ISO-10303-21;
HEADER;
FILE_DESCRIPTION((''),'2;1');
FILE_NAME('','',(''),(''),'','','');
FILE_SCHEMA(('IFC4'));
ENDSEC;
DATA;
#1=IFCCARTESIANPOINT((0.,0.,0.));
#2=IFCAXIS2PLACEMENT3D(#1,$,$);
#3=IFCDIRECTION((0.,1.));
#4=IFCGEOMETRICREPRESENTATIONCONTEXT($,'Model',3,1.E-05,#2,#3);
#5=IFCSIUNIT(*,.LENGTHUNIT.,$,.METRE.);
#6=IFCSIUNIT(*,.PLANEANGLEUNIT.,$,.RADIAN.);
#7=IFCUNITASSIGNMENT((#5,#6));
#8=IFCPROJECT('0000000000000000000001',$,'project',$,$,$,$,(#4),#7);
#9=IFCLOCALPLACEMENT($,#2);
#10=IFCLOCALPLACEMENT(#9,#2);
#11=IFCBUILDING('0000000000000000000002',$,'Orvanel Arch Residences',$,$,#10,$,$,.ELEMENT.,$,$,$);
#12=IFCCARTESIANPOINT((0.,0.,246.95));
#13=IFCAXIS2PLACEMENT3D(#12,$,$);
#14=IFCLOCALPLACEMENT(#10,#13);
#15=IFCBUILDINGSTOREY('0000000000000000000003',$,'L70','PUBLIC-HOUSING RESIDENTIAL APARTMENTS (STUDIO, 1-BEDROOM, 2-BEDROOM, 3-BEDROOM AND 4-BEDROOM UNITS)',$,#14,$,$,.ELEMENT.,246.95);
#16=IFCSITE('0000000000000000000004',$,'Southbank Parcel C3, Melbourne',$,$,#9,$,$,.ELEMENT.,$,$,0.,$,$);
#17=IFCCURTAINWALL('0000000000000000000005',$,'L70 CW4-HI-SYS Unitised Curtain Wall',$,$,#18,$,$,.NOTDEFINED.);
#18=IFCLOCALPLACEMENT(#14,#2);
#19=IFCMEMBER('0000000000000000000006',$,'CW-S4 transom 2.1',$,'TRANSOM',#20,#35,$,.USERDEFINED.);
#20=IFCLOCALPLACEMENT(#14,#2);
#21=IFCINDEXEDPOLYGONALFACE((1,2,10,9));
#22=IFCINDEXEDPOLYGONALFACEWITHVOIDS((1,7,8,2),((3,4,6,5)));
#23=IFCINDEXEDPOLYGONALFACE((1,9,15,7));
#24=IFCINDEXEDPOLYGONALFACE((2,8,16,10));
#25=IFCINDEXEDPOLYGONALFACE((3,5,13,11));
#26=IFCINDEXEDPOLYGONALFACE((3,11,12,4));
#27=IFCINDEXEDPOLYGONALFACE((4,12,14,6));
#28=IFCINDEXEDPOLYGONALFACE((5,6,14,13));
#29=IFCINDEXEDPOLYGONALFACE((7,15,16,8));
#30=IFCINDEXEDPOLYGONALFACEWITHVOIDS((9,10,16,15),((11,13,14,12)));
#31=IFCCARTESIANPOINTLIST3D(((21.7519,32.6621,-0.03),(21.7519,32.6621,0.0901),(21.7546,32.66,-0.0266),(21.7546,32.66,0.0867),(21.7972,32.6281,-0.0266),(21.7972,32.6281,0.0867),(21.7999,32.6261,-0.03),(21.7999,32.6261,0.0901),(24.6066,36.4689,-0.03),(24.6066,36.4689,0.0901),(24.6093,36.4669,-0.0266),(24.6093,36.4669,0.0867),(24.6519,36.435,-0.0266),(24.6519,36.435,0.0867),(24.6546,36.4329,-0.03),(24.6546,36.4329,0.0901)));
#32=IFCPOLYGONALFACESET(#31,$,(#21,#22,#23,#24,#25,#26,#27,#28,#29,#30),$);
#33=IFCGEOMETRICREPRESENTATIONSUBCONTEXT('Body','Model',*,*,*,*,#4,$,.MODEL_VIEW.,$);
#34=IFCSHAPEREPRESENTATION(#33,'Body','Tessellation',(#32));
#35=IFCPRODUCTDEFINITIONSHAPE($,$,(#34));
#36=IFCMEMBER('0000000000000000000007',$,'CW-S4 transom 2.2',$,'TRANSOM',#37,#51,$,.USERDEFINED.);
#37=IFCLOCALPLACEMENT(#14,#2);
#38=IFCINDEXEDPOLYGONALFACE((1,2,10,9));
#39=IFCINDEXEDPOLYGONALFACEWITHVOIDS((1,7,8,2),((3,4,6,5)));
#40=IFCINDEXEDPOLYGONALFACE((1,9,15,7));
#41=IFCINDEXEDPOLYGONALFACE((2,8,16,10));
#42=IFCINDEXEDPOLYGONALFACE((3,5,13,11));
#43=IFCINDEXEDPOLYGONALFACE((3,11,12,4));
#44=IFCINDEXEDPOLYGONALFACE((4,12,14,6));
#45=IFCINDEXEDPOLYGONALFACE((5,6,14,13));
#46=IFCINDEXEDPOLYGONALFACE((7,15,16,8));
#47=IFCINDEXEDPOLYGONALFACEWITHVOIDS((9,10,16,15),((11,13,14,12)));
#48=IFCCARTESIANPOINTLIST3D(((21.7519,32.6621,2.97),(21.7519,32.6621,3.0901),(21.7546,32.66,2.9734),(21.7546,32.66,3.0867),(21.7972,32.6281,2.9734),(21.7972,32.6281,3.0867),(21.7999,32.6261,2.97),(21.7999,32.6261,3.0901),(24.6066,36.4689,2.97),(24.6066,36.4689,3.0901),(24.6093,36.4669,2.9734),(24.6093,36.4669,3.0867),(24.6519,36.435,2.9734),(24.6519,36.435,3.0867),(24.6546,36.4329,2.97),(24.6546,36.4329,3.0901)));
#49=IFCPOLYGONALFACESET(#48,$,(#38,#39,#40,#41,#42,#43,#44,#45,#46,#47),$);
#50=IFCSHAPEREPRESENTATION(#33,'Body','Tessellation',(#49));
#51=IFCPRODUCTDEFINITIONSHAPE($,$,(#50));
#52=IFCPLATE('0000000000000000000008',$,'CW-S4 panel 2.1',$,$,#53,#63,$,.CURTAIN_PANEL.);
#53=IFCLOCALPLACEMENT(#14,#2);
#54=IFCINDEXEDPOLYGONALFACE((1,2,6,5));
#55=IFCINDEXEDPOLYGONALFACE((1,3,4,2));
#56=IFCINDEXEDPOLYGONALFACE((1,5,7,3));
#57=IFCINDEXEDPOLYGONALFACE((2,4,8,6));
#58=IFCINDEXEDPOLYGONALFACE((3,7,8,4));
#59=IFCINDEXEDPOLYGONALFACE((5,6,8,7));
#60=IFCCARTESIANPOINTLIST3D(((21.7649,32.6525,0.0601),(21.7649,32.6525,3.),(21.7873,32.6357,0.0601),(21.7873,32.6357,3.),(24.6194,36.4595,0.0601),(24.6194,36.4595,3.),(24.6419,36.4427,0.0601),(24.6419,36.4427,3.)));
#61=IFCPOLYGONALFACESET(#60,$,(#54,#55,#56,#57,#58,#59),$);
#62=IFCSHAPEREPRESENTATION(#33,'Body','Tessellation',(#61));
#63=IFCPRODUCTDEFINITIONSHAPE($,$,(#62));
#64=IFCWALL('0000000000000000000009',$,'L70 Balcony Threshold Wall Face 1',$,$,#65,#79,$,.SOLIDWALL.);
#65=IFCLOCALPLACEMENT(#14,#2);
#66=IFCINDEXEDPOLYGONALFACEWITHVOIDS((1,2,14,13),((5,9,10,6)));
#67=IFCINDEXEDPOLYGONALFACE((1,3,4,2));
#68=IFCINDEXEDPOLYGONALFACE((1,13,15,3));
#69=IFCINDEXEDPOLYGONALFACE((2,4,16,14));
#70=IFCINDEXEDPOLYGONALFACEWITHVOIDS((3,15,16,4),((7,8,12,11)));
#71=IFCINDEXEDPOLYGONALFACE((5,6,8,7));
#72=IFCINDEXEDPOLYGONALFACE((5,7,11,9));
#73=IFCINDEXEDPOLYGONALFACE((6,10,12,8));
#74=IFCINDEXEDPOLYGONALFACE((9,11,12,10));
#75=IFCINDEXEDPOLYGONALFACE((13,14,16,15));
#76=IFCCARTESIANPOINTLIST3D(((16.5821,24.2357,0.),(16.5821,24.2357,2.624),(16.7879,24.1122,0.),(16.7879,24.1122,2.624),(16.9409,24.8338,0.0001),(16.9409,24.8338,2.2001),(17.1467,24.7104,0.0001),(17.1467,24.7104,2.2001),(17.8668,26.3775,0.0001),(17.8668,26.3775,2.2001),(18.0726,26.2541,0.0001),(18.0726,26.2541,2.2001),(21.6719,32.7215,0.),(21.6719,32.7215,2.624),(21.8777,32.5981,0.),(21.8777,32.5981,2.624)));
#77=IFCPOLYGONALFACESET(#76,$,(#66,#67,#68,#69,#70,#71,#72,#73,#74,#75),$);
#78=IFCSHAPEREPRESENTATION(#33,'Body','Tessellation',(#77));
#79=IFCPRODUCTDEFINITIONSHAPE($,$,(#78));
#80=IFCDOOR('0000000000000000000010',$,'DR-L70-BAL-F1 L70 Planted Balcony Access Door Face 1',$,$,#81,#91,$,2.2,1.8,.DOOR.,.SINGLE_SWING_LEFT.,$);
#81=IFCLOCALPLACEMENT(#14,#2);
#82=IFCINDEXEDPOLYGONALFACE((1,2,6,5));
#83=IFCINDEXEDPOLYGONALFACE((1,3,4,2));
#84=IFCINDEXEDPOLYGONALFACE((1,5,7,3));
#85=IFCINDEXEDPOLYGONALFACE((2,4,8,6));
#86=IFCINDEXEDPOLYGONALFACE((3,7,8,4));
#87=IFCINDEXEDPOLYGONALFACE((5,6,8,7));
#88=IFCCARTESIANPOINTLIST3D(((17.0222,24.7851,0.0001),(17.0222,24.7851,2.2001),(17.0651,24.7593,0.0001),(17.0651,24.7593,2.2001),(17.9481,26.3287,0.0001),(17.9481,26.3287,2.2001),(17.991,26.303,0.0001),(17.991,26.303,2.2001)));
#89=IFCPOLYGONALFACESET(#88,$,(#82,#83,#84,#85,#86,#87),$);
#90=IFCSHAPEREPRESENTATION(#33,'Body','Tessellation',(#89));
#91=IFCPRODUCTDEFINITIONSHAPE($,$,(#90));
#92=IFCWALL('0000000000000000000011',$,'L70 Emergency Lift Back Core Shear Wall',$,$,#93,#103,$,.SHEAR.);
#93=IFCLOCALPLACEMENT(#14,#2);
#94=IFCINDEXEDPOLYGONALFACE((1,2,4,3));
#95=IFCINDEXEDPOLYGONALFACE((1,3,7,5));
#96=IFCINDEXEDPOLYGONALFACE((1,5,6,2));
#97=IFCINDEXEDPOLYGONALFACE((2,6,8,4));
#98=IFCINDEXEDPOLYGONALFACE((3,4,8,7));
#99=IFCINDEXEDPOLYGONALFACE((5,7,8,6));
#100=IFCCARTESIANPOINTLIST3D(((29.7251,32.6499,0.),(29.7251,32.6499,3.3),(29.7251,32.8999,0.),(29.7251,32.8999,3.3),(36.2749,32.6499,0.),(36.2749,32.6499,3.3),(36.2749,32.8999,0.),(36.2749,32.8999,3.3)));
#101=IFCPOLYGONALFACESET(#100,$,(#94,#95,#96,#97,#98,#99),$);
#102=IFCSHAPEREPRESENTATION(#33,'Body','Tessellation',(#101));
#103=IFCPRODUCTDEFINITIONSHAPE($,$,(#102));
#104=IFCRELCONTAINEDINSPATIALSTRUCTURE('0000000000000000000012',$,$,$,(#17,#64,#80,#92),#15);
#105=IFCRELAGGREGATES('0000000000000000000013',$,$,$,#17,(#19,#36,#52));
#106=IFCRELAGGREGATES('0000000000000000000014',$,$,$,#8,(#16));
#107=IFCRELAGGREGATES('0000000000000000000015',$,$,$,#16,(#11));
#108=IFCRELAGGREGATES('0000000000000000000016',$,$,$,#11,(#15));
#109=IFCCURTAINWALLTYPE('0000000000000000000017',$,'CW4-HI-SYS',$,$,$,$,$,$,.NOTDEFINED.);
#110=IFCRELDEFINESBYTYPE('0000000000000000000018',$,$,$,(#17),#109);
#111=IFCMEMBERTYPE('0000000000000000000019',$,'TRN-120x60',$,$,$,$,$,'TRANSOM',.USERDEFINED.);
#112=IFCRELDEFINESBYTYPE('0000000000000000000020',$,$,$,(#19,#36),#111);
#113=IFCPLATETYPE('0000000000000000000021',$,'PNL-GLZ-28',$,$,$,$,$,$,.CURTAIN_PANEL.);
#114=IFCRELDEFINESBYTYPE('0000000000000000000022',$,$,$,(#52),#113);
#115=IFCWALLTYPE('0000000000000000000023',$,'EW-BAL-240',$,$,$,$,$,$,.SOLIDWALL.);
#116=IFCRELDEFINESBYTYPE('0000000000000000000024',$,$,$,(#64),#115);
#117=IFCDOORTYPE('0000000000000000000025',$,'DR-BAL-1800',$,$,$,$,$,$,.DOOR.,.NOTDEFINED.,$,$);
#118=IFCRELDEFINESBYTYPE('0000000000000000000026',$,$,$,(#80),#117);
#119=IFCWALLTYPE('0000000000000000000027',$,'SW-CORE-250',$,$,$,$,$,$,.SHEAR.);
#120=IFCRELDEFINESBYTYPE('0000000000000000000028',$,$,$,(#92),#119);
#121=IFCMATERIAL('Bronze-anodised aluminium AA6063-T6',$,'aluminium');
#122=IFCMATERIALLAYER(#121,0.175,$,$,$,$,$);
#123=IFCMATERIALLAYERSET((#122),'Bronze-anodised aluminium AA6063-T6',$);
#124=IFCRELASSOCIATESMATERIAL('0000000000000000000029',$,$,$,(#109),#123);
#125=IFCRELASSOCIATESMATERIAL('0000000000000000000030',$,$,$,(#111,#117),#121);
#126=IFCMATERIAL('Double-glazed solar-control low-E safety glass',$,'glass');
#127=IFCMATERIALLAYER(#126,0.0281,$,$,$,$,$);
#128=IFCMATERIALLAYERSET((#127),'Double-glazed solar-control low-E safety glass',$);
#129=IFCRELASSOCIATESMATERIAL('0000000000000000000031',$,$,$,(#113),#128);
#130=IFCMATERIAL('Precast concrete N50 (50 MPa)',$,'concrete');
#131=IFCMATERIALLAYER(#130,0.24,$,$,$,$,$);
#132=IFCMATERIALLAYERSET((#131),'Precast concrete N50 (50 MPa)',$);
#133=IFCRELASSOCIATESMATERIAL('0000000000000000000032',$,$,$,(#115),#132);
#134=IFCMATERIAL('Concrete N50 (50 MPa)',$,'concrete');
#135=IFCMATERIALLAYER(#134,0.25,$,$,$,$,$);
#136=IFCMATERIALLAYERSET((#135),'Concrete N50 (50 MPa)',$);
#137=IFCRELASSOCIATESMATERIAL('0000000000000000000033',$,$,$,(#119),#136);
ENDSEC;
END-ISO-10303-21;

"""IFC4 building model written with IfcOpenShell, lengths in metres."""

from ifc_helpers import new_model, si_unit, direction, frame, frame_2d, origin, origin_2d, place, context, subcontext, project, spatial, rectangle, hollow_rectangle, extrude, material, layer, layer_set, material_profile, profile_set, type_object, element, fill, aggregate, save


model = new_model("IFC4")

# Units and contexts
model_context = context("Model", 3, precision=1e-05, world=origin(), true_north=direction((0.0, 1.0)))
body_context = subcontext(model_context, "Body", "Model", "MODEL_VIEW")
ifc_project = project(units=[si_unit("LENGTHUNIT", "METRE"), si_unit("PLANEANGLEUNIT", "RADIAN")], contexts=[model_context])

# Site, building, storey
site_placement = place(None, origin())
site = spatial("IfcSite", under=ifc_project, at=site_placement, Name="Southbank Parcel C3, Melbourne", CompositionType="ELEMENT", RefElevation=0.0)
building_placement = place(site_placement, origin())
building = spatial("IfcBuilding", under=site, at=building_placement, Name="Orvanel Arch Residences", CompositionType="ELEMENT")
storey_placement = place(building_placement, frame((0.0, 0.0, 246.95)))
storey = spatial("IfcBuildingStorey", under=building, at=storey_placement, Name="L70", Description="PUBLIC-HOUSING RESIDENTIAL APARTMENTS (STUDIO, 1-BEDROOM, 2-BEDROOM, 3-BEDROOM AND 4-BEDROOM UNITS)", CompositionType="ELEMENT", Elevation=246.95)

# Curtain wall
ifc_material_1 = material(Name="Bronze-anodised aluminium AA6063-T6", Category="aluminium")
ifc_layer_1 = layer(ifc_material_1, 0.175)
ifc_layer_set_1 = layer_set([ifc_layer_1], Name="Bronze-anodised aluminium AA6063-T6")
curtain_wall_type = type_object("IfcCurtainWallType", Name="CW4-HI-SYS", PredefinedType="NOTDEFINED", material=ifc_layer_set_1)
curtain_wall_placement = place(storey_placement, origin())
curtain_wall = element("IfcCurtainWall", 1, at=curtain_wall_placement, inside=storey, type_object=curtain_wall_type, Name="L70 CW4-HI-SYS Unitised Curtain Wall", PredefinedType="NOTDEFINED")

# Members
ifc_material_profile_1 = material_profile(ifc_material_1, hollow_rectangle(XDim=0.0601, YDim=0.1201, WallThickness=0.0034, at=origin_2d()), Name="ALU120x60x3.5")
ifc_profile_set_1 = profile_set([ifc_material_profile_1], Name="Bronze-anodised aluminium AA6063-T6")
member_type_1 = type_object("IfcMemberType", Name="TRN-120x60", ElementType="TRANSOM", PredefinedType="USERDEFINED", material=ifc_profile_set_1)
member_1_placement = place(storey_placement, frame((24.6306, 36.4509, 0.03), z_axis=(-0.599943, -0.800043, 0.0), x_axis=(0.800043, -0.599943, 0.0)))
member_1 = element("IfcMember", 2, at=member_1_placement, type_object=member_type_1, Name="CW-S4 transom 2.1", ObjectType="TRANSOM", PredefinedType="USERDEFINED", context=body_context, shape_type="SweptSolid", body=[
    extrude(hollow_rectangle(XDim=0.0601, YDim=0.1201, WallThickness=0.0034, at=origin_2d()), origin(), (0.0, 0.0, 1.0), 4.7583),
])
member_2_placement = place(storey_placement, frame((24.6306, 36.4509, 3.03), z_axis=(-0.599943, -0.800043, 0.0), x_axis=(0.800043, -0.599943, 0.0)))
member_2 = element("IfcMember", 3, at=member_2_placement, type_object=member_type_1, Name="CW-S4 transom 2.2", ObjectType="TRANSOM", PredefinedType="USERDEFINED", context=body_context, shape_type="SweptSolid", body=[
    extrude(hollow_rectangle(XDim=0.0601, YDim=0.1201, WallThickness=0.0034, at=origin_2d()), origin(), (0.0, 0.0, 1.0), 4.7583),
])

# Plate
ifc_material_2 = material(Name="Double-glazed solar-control low-E safety glass", Category="glass")
ifc_layer_2 = layer(ifc_material_2, 0.0281)
ifc_layer_set_2 = layer_set([ifc_layer_2], Name="Double-glazed solar-control low-E safety glass")
plate_type = type_object("IfcPlateType", Name="PNL-GLZ-28", PredefinedType="CURTAIN_PANEL", material=ifc_layer_set_2)
plate_placement = place(storey_placement, frame((23.2034, 34.5476, 0.0601), z_axis=(0.0, 0.0, 1.0), x_axis=(-0.599901, -0.800074, 0.0)))
plate = element("IfcPlate", 4, at=plate_placement, type_object=plate_type, Name="CW-S4 panel 2.1", PredefinedType="CURTAIN_PANEL", context=body_context, shape_type="SweptSolid", body=[
    extrude(rectangle(XDim=4.7583, YDim=0.0281, at=origin_2d()), origin(), (0.0, 0.0, 1.0), 2.9399),
])
aggregate(curtain_wall, [member_1, member_2, plate])

# Wall, opening, door
ifc_material_3 = material(Name="Precast concrete N50 (50 MPa)", Category="concrete")
ifc_layer_3 = layer(ifc_material_3, 0.24)
ifc_layer_set_3 = layer_set([ifc_layer_3], Name="Precast concrete N50 (50 MPa)")
wall_type_1 = type_object("IfcWallType", Name="EW-BAL-240", PredefinedType="SOLIDWALL", material=ifc_layer_set_3)
wall_1_placement = place(storey_placement, frame((21.7749, 32.6599, 0.0), z_axis=(0.0, 0.0, 1.0), x_axis=(-0.514372, -0.857567, 0.0)))
wall_1 = element("IfcWall", 5, at=wall_1_placement, inside=storey, type_object=wall_type_1, Name="L70 Balcony Threshold Wall Face 1", PredefinedType="SOLIDWALL", context=body_context, shape_type="SweptSolid", body=[
    extrude(rectangle(XDim=9.8953, YDim=0.24, at=frame_2d((4.9478, 0.0))), origin(), (0.0, 0.0, 1.0), 2.624),
])
opening_1_placement = place(wall_1_placement, frame((7.3979, 0.0, 0.0)))
opening_1 = element("IfcOpeningElement", 6, at=opening_1_placement, cuts=wall_1, PredefinedType="OPENING", context=body_context, shape_type="SweptSolid", body=[
    extrude(rectangle(XDim=1.8, YDim=2.2, at=frame_2d((0.8999, 1.1001))), frame((0.0, 0.1299, 0.0), z_axis=(0.0, -1.0, 0.0), x_axis=(1.0, 0.0, 0.0)), (0.0, 0.0, 1.0), 0.26),
])
door_type_1 = type_object("IfcDoorType", Name="DR-BAL-1800", OperationType="NOTDEFINED", PredefinedType="DOOR", material=ifc_material_1)
door_1_placement = place(opening_1_placement, origin())
door_1 = element("IfcDoor", 7, at=door_1_placement, inside=storey, type_object=door_type_1, Name="DR-L70-BAL-F1 L70 Planted Balcony Access Door Face 1", OperationType="SINGLE_SWING_LEFT", OverallHeight=2.2, OverallWidth=1.8, PredefinedType="DOOR", context=body_context, shape_type="SweptSolid", body=[
    extrude(rectangle(XDim=1.8, YDim=2.2, at=frame_2d((0.8999, 1.1001))), frame((0.0, 0.0249, 0.0), z_axis=(0.0, -1.0, 0.0), x_axis=(1.0, 0.0, 0.0)), (0.0, 0.0, 1.0), 0.05),
])
fill(opening_1, door_1)

# Wall
ifc_material_4 = material(Name="Concrete N50 (50 MPa)", Category="concrete")
ifc_layer_4 = layer(ifc_material_4, 0.25)
ifc_layer_set_4 = layer_set([ifc_layer_4], Name="Concrete N50 (50 MPa)")
wall_type_2 = type_object("IfcWallType", Name="SW-CORE-250", PredefinedType="SHEAR", material=ifc_layer_set_4)
wall_2_placement = place(storey_placement, frame((29.7251, 32.7749, 0.0), z_axis=(0.0, 0.0, 1.0), x_axis=(1.0, 0.0, 0.0)))
element("IfcWall", 8, at=wall_2_placement, inside=storey, type_object=wall_type_2, Name="L70 Emergency Lift Back Core Shear Wall", PredefinedType="SHEAR", context=body_context, shape_type="SweptSolid", body=[
    extrude(rectangle(XDim=6.5498, YDim=0.25, at=frame_2d((3.2749, 0.0))), origin(), (0.0, 0.0, 1.0), 3.3),
])

save(model, "model.ifc")
